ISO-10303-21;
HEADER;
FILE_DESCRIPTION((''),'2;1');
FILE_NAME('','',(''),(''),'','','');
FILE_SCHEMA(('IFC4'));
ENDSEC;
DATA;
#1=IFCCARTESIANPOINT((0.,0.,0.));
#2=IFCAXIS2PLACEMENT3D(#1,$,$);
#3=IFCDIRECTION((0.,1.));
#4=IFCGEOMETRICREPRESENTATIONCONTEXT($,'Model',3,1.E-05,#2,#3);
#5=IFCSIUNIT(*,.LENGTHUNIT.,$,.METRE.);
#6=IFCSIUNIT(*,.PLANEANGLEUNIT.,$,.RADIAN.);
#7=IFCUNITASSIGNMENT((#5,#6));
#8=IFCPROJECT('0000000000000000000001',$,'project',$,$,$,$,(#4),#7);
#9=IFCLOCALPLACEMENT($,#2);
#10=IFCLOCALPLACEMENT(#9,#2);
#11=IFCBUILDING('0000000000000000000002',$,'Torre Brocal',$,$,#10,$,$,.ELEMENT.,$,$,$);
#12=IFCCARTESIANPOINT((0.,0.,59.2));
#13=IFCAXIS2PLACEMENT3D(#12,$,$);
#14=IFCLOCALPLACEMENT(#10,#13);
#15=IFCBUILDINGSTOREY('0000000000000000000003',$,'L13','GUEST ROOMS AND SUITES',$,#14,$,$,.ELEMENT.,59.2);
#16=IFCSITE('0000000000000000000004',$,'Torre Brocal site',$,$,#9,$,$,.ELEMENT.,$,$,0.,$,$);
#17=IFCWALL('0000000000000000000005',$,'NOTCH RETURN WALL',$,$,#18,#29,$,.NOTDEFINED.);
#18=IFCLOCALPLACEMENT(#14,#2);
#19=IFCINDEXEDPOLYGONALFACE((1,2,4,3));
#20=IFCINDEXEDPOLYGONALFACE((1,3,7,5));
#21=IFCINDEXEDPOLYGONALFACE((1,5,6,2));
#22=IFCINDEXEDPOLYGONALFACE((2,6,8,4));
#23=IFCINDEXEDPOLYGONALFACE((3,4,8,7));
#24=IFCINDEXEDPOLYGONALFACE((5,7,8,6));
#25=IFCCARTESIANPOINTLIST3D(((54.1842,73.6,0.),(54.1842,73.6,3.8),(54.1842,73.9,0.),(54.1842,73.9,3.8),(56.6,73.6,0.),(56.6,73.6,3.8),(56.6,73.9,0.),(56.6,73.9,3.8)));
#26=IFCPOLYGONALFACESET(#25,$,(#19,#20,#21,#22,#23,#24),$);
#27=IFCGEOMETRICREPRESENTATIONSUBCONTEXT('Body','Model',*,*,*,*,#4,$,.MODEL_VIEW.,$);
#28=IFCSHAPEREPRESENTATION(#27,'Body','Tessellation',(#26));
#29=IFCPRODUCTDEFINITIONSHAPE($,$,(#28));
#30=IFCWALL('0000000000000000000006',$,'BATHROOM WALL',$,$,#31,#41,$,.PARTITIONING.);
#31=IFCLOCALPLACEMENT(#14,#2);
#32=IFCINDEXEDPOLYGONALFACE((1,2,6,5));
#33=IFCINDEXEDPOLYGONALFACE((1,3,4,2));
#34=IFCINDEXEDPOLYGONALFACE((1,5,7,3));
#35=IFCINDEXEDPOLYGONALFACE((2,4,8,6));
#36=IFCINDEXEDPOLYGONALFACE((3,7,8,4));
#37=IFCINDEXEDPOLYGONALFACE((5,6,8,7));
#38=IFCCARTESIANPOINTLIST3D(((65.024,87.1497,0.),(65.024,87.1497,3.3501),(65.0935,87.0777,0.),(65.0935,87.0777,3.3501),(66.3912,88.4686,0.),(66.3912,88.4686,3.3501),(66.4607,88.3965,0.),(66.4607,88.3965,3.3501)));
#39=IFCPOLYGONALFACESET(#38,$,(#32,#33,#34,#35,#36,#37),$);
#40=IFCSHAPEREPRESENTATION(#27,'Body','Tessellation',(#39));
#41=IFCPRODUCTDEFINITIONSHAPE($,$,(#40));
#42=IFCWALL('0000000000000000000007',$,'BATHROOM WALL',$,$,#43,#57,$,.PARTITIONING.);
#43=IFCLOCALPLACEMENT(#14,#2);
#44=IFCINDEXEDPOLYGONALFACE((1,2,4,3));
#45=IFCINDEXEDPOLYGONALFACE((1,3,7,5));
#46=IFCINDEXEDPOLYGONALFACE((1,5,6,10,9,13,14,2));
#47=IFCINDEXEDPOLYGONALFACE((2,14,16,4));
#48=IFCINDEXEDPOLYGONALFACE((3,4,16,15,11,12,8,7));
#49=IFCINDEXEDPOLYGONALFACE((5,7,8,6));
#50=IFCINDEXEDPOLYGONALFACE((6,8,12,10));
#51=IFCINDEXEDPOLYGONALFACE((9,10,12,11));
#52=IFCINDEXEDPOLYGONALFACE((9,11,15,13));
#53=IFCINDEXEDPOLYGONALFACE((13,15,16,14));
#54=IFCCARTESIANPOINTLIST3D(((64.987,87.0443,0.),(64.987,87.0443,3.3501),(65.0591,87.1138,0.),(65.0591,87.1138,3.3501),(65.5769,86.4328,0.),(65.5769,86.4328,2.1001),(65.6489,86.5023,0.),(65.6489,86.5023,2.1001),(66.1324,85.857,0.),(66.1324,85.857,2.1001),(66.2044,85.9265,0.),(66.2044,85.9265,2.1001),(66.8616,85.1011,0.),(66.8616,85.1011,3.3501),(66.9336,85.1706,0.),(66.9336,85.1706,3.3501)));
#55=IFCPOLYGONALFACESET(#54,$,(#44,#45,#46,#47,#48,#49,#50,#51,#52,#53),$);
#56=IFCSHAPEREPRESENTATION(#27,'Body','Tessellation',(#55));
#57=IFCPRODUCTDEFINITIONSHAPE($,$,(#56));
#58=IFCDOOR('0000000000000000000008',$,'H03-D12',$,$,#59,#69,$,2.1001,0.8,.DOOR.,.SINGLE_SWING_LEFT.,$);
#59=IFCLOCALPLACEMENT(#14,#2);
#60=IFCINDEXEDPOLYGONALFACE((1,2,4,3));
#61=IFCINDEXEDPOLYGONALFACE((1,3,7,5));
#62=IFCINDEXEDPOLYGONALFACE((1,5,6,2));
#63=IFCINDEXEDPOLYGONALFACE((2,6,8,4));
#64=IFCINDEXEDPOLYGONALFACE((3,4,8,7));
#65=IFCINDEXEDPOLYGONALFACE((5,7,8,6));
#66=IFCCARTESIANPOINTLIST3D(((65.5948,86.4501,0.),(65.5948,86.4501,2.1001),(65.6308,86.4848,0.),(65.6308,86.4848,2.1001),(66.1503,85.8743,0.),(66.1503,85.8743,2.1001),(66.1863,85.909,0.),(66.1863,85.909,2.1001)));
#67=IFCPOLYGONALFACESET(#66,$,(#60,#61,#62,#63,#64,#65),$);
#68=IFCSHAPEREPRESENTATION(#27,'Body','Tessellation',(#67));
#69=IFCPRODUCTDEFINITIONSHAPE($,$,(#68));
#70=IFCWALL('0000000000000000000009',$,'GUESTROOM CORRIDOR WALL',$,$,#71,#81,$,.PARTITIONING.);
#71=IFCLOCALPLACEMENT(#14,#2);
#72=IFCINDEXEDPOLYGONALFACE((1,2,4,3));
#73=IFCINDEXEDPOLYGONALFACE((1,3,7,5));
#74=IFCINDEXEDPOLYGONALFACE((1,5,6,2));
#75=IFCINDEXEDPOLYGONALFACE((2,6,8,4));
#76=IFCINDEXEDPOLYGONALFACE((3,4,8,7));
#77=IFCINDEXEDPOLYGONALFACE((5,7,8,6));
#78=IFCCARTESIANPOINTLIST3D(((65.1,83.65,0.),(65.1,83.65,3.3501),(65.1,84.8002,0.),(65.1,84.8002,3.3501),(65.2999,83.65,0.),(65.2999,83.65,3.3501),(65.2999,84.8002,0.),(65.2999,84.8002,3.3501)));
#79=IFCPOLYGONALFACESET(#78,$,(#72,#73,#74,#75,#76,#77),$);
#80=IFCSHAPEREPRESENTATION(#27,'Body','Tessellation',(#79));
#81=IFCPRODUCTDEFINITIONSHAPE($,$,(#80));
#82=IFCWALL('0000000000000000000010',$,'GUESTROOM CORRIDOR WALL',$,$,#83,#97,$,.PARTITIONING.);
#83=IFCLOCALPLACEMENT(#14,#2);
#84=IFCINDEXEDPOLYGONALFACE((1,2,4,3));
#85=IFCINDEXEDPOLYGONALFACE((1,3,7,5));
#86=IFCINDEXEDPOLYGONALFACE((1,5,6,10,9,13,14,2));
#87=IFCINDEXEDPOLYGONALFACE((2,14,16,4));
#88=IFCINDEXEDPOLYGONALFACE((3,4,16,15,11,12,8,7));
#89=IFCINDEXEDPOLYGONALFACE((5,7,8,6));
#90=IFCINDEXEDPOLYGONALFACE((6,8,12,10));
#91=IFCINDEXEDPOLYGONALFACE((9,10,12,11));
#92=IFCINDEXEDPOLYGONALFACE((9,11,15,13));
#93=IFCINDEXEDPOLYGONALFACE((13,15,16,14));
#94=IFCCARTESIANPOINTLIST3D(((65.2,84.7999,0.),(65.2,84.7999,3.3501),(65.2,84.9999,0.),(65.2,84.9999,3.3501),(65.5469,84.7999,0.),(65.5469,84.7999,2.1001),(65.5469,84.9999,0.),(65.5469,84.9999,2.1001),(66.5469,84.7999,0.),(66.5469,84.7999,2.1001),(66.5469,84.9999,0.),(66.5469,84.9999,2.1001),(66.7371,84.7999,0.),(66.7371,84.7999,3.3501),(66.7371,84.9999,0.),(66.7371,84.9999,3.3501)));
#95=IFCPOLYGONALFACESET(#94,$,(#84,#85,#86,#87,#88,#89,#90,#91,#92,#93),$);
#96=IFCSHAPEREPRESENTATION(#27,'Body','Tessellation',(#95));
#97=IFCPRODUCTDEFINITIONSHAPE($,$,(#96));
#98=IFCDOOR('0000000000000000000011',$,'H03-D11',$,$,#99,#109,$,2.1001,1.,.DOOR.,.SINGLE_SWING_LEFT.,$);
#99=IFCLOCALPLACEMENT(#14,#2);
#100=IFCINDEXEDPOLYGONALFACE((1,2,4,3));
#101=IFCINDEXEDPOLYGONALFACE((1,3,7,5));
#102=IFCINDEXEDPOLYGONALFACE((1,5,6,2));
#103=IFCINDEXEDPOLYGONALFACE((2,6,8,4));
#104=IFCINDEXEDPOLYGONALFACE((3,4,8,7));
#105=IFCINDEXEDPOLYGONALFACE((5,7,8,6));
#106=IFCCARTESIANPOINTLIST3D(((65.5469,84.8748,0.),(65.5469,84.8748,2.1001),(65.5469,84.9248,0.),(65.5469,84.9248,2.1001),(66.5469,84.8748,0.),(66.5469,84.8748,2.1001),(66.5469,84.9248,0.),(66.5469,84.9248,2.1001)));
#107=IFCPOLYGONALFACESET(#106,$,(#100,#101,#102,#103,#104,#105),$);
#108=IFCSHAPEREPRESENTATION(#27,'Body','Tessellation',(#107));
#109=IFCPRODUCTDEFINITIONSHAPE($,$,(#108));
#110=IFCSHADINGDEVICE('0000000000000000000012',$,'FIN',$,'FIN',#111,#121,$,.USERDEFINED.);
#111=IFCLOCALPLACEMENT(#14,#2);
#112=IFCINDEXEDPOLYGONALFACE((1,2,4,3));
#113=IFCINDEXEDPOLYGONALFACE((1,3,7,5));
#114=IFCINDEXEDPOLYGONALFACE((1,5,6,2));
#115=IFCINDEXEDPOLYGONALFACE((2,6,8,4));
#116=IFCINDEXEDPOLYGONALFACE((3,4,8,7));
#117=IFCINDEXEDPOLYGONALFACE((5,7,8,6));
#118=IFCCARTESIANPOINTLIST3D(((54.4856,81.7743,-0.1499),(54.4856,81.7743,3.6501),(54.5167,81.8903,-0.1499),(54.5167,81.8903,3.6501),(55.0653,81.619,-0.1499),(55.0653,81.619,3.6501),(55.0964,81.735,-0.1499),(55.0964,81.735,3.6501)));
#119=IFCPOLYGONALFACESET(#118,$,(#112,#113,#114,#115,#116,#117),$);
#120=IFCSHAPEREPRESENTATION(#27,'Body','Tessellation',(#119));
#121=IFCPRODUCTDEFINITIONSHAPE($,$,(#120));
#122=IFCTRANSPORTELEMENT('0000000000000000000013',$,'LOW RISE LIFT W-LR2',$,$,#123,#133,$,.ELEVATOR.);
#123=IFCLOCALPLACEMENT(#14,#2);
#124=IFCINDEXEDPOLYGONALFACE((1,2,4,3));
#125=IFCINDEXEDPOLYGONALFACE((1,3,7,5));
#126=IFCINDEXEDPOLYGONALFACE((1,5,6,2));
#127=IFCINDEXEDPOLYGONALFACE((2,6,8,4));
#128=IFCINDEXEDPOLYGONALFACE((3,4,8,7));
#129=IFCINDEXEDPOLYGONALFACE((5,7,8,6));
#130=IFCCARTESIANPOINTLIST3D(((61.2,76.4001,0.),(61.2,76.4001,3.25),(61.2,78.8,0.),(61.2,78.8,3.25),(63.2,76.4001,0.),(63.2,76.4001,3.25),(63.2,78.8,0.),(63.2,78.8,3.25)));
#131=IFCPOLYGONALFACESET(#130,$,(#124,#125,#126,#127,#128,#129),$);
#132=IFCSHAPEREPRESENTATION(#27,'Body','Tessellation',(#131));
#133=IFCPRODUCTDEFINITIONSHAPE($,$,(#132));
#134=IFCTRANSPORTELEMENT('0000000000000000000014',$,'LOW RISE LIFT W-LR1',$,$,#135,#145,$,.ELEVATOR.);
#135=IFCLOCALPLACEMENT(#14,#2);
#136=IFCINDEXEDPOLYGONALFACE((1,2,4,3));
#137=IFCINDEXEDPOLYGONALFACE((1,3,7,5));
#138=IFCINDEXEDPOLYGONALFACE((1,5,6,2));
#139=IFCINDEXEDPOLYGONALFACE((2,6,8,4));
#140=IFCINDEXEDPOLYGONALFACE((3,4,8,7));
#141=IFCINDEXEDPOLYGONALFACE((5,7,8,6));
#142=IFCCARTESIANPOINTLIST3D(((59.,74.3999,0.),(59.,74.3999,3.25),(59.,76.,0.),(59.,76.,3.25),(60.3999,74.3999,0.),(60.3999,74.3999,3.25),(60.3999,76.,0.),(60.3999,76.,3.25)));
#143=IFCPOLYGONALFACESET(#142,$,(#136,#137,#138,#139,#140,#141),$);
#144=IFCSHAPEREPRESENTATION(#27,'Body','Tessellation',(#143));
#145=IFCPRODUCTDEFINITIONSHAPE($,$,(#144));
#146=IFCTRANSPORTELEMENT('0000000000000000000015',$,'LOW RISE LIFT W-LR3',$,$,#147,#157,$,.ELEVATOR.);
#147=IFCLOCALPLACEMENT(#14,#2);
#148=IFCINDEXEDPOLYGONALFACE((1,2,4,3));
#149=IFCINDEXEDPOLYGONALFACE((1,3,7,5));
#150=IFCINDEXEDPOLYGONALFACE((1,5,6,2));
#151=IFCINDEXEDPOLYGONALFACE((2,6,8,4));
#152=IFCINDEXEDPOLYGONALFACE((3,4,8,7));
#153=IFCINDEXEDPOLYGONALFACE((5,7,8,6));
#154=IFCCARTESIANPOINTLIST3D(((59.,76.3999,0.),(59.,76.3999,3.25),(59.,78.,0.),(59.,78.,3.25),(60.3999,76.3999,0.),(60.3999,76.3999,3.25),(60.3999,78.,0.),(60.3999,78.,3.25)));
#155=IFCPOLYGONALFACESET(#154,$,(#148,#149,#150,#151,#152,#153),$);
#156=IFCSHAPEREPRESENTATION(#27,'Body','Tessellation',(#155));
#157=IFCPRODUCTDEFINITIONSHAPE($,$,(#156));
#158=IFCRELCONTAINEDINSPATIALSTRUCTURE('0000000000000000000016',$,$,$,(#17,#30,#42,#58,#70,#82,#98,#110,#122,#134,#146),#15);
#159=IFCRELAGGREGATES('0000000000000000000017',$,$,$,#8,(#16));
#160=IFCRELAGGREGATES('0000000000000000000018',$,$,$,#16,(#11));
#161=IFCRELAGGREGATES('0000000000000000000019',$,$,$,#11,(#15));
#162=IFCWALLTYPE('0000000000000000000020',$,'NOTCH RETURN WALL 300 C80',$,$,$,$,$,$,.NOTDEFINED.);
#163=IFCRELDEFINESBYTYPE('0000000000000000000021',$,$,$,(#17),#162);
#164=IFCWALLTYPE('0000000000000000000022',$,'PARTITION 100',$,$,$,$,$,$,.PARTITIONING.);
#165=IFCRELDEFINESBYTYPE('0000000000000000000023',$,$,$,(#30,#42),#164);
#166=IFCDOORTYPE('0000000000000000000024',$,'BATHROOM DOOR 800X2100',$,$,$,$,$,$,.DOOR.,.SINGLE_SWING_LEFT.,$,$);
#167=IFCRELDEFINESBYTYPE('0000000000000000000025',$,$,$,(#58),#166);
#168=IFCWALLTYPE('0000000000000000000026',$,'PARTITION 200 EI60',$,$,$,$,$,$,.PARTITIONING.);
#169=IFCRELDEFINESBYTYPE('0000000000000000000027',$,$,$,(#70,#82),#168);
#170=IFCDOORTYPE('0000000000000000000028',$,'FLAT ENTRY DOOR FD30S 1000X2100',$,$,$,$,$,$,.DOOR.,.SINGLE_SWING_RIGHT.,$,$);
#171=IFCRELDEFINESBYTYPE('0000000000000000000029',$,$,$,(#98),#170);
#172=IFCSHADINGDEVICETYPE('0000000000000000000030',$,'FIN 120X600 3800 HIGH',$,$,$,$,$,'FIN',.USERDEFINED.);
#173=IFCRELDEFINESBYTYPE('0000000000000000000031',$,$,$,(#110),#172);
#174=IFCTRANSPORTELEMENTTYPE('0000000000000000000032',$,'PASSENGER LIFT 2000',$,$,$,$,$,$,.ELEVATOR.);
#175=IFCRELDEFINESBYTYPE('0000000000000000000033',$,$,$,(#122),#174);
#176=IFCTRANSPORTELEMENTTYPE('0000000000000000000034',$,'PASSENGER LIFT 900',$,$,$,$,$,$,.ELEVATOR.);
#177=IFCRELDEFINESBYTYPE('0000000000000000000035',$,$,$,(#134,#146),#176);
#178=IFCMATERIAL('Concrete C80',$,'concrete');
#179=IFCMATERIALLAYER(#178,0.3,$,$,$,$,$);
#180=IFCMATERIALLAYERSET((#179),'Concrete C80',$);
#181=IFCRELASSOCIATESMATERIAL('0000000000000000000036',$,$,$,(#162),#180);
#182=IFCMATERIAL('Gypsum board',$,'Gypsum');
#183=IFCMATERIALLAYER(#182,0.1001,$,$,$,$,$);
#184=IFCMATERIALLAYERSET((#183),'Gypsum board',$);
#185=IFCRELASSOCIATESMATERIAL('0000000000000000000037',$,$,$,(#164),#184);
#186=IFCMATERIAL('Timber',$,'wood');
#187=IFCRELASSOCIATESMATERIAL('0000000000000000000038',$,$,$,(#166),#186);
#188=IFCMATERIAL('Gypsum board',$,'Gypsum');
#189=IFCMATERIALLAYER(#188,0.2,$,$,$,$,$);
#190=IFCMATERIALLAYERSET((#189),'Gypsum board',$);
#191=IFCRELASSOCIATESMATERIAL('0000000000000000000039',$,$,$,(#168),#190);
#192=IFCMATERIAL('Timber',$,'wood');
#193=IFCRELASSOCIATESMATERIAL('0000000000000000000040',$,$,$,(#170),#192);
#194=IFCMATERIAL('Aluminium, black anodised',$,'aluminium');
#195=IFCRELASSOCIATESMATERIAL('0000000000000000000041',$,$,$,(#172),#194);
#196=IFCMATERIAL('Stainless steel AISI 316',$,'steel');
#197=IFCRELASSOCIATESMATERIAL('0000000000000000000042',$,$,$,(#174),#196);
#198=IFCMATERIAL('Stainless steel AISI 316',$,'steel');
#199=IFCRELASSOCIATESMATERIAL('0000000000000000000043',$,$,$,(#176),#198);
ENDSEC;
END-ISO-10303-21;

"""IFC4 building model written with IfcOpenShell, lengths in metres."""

from ifc_helpers import new_model, si_unit, direction, frame, frame_2d, origin, origin_2d, place, context, subcontext, project, spatial, rectangle, extrude, material, layer, layer_set, material_profile, profile_set, type_object, element, fill, save


model = new_model("IFC4")

# Units and contexts
model_context = context("Model", 3, precision=1e-05, world=origin(), true_north=direction((0.0, 1.0)))
body_context = subcontext(model_context, "Body", "Model", "MODEL_VIEW")
ifc_project = project(units=[si_unit("LENGTHUNIT", "METRE"), si_unit("PLANEANGLEUNIT", "RADIAN")], contexts=[model_context])

# Site, building, storey
site_placement = place(None, origin())
site = spatial("IfcSite", under=ifc_project, at=site_placement, Name="Torre Brocal site", CompositionType="ELEMENT", RefElevation=0.0)
building_placement = place(site_placement, origin())
building = spatial("IfcBuilding", under=site, at=building_placement, Name="Torre Brocal", CompositionType="ELEMENT")
storey_placement = place(building_placement, frame((0.0, 0.0, 59.2)))
storey = spatial("IfcBuildingStorey", under=building, at=storey_placement, Name="L13", Description="GUEST ROOMS AND SUITES", CompositionType="ELEMENT", Elevation=59.2)

# Walls
ifc_material_1 = material(Name="Concrete C80", Category="concrete")
ifc_layer_1 = layer(ifc_material_1, 0.3)
ifc_layer_set_1 = layer_set([ifc_layer_1], Name="Concrete C80")
wall_type_1 = type_object("IfcWallType", Name="NOTCH RETURN WALL 300 C80", PredefinedType="NOTDEFINED", material=ifc_layer_set_1)
for number, where, z_axis, x_axis, name in (
    (1, (56.6001, 73.75, 0.0), (0.0, 0.0, 1.0), (-1.0, 0.0, 0.0), "NOTCH RETURN WALL"),
):
    element("IfcWall", number, at=place(storey_placement, frame(where, z_axis=z_axis, x_axis=x_axis)), inside=storey, type_object=wall_type_1, Name=name, PredefinedType="NOTDEFINED", context=body_context, shape_type="SweptSolid", body=[
        extrude(rectangle(XDim=2.4158, YDim=0.3, at=frame_2d((1.208, 0.0))), origin(), (0.0, 0.0, 1.0), 3.8),
    ])
ifc_material_2 = material(Name="Gypsum board", Category="Gypsum")
ifc_layer_2 = layer(ifc_material_2, 0.1001)
ifc_layer_set_2 = layer_set([ifc_layer_2], Name="Gypsum board")
wall_type_2 = type_object("IfcWallType", Name="PARTITION 100", PredefinedType="PARTITIONING", material=ifc_layer_set_2)
wall_1_placement = place(storey_placement, frame((65.0588, 87.1138, 0.0), z_axis=(0.0, 0.0, 1.0), x_axis=(0.719716, 0.694269, 0.0)))
element("IfcWall", 2, at=wall_1_placement, inside=storey, type_object=wall_type_2, Name="BATHROOM WALL", PredefinedType="PARTITIONING", context=body_context, shape_type="SweptSolid", body=[
    extrude(rectangle(XDim=1.8997, YDim=0.1001, at=frame_2d((0.9497, 0.0))), origin(), (0.0, 0.0, 1.0), 3.3501),
])

# Wall, opening, door
wall_2_placement = place(storey_placement, frame((65.0229, 87.0791, 0.0), z_axis=(0.0, 0.0, 1.0), x_axis=(0.694288, -0.719697, 0.0)))
wall_2 = element("IfcWall", 3, at=wall_2_placement, inside=storey, type_object=wall_type_2, Name="BATHROOM WALL", PredefinedType="PARTITIONING", context=body_context, shape_type="SweptSolid", body=[
    extrude(rectangle(XDim=2.7, YDim=0.1001, at=frame_2d((1.3501, 0.0))), origin(), (0.0, 0.0, 1.0), 3.3501),
])
opening_1_placement = place(wall_2_placement, frame((0.8499, 0.0, 0.0)))
opening_1 = element("IfcOpeningElement", 4, at=opening_1_placement, cuts=wall_2, PredefinedType="OPENING", context=body_context, shape_type="SweptSolid", body=[
    extrude(rectangle(XDim=0.8, YDim=2.1001, at=frame_2d((0.3999, 1.05))), frame((0.0, 0.0601, 0.0), z_axis=(0.0, -1.0, 0.0), x_axis=(1.0, 0.0, 0.0)), (0.0, 0.0, 1.0), 0.1201),
])
ifc_material_3 = material(Name="Timber", Category="wood")
door_type_1 = type_object("IfcDoorType", Name="BATHROOM DOOR 800X2100", OperationType="SINGLE_SWING_LEFT", PredefinedType="DOOR", material=ifc_material_3)
door_1_placement = place(opening_1_placement, origin())
door_1 = element("IfcDoor", 5, at=door_1_placement, inside=storey, type_object=door_type_1, Name="H03-D12", OperationType="SINGLE_SWING_LEFT", OverallHeight=2.1001, OverallWidth=0.8, PredefinedType="DOOR", context=body_context, shape_type="SweptSolid", body=[
    extrude(rectangle(XDim=0.8, YDim=2.1001, at=frame_2d((0.3999, 1.05))), frame((0.0, 0.0249, 0.0), z_axis=(0.0, -1.0, 0.0), x_axis=(1.0, 0.0, 0.0)), (0.0, 0.0, 1.0), 0.05),
])
fill(opening_1, door_1)

# Wall
ifc_material_4 = material(Name="Gypsum board", Category="Gypsum")
ifc_layer_3 = layer(ifc_material_4, 0.2)
ifc_layer_set_3 = layer_set([ifc_layer_3], Name="Gypsum board")
wall_type_3 = type_object("IfcWallType", Name="PARTITION 200 EI60", PredefinedType="PARTITIONING", material=ifc_layer_set_3)
wall_3_placement = place(storey_placement, frame((65.2, 83.6499, 0.0), z_axis=(0.0, 0.0, 1.0), x_axis=(0.0, 1.0, 0.0)))
element("IfcWall", 6, at=wall_3_placement, inside=storey, type_object=wall_type_3, Name="GUESTROOM CORRIDOR WALL", PredefinedType="PARTITIONING", context=body_context, shape_type="SweptSolid", body=[
    extrude(rectangle(XDim=1.1501, YDim=0.2, at=frame_2d((0.5752, 0.0))), origin(), (0.0, 0.0, 1.0), 3.3501),
])

# Wall, opening, door
wall_4_placement = place(storey_placement, frame((65.2, 84.8999, 0.0), z_axis=(0.0, 0.0, 1.0), x_axis=(1.0, 0.0, 0.0)))
wall_4 = element("IfcWall", 7, at=wall_4_placement, inside=storey, type_object=wall_type_3, Name="GUESTROOM CORRIDOR WALL", PredefinedType="PARTITIONING", context=body_context, shape_type="SweptSolid", body=[
    extrude(rectangle(XDim=1.5371, YDim=0.2, at=frame_2d((0.7686, 0.0))), origin(), (0.0, 0.0, 1.0), 3.3501),
])
opening_2_placement = place(wall_4_placement, frame((0.3469, 0.0, 0.0)))
opening_2 = element("IfcOpeningElement", 8, at=opening_2_placement, cuts=wall_4, PredefinedType="OPENING", context=body_context, shape_type="SweptSolid", body=[
    extrude(rectangle(XDim=1.0, YDim=2.1001, at=frame_2d((0.5, 1.05))), frame((0.0, 0.1099, 0.0), z_axis=(0.0, -1.0, 0.0), x_axis=(1.0, 0.0, 0.0)), (0.0, 0.0, 1.0), 0.22),
])
ifc_material_5 = material(Name="Timber", Category="wood")
door_type_2 = type_object("IfcDoorType", Name="FLAT ENTRY DOOR FD30S 1000X2100", OperationType="SINGLE_SWING_RIGHT", PredefinedType="DOOR", material=ifc_material_5)
door_2_placement = place(opening_2_placement, origin())
door_2 = element("IfcDoor", 9, at=door_2_placement, inside=storey, type_object=door_type_2, Name="H03-D11", OperationType="SINGLE_SWING_LEFT", OverallHeight=2.1001, OverallWidth=1.0, PredefinedType="DOOR", context=body_context, shape_type="SweptSolid", body=[
    extrude(rectangle(XDim=1.0, YDim=2.1001, at=frame_2d((0.5, 1.05))), frame((0.0, 0.0249, 0.0), z_axis=(0.0, -1.0, 0.0), x_axis=(1.0, 0.0, 0.0)), (0.0, 0.0, 1.0), 0.05),
])
fill(opening_2, door_2)

# Shading device
ifc_material_6 = material(Name="Aluminium, black anodised", Category="aluminium")
ifc_material_profile_1 = material_profile(ifc_material_6, rectangle(XDim=0.1201, YDim=0.6001, at=origin_2d()), Name="FIN 120X600 3800 HIGH")
ifc_profile_set_1 = profile_set([ifc_material_profile_1], Name="Aluminium, black anodised")
shading_device_type = type_object("IfcShadingDeviceType", Name="FIN 120X600 3800 HIGH", ElementType="FIN", PredefinedType="USERDEFINED", material=ifc_profile_set_1)
shading_device_placement = place(storey_placement, frame((54.791, 81.7546, -0.1499), z_axis=(0.0, 0.0, 1.0), x_axis=(-0.258819, -0.965926, 0.0)))
element("IfcShadingDevice", 10, at=shading_device_placement, inside=storey, type_object=shading_device_type, Name="FIN", ObjectType="FIN", PredefinedType="USERDEFINED", context=body_context, shape_type="SweptSolid", body=[
    extrude(rectangle(XDim=0.1201, YDim=0.6001, at=origin_2d()), origin(), (0.0, 0.0, 1.0), 3.8),
])

# Transport elements
ifc_material_7 = material(Name="Stainless steel AISI 316", Category="steel")
transport_element_type_1 = type_object("IfcTransportElementType", Name="PASSENGER LIFT 2000", PredefinedType="ELEVATOR", material=ifc_material_7)
transport_element_placement = place(storey_placement, frame((62.2, 77.6001, 0.0), z_axis=(0.0, 0.0, 1.0), x_axis=(1.0, 0.0, 0.0)))
element("IfcTransportElement", 11, at=transport_element_placement, inside=storey, type_object=transport_element_type_1, Name="LOW RISE LIFT W-LR2", PredefinedType="ELEVATOR", context=body_context, shape_type="SweptSolid", body=[
    extrude(rectangle(XDim=2.0, YDim=2.3999, at=origin_2d()), origin(), (0.0, 0.0, 1.0), 3.25),
])
ifc_material_8 = material(Name="Stainless steel AISI 316", Category="steel")
transport_element_type_2 = type_object("IfcTransportElementType", Name="PASSENGER LIFT 900", PredefinedType="ELEVATOR", material=ifc_material_8)
for number, where, z_axis, x_axis, name in (
    (12, (59.7, 75.2, 0.0), (0.0, 0.0, 1.0), (1.0, 0.0, 0.0), "LOW RISE LIFT W-LR1"),
    (13, (59.7, 77.2, 0.0), (0.0, 0.0, 1.0), (1.0, 0.0, 0.0), "LOW RISE LIFT W-LR3"),
):
    element("IfcTransportElement", number, at=place(storey_placement, frame(where, z_axis=z_axis, x_axis=x_axis)), inside=storey, type_object=transport_element_type_2, Name=name, PredefinedType="ELEVATOR", context=body_context, shape_type="SweptSolid", body=[
        extrude(rectangle(XDim=1.3999, YDim=1.6001, at=origin_2d()), origin(), (0.0, 0.0, 1.0), 3.25),
    ])

save(model, "model.ifc")
